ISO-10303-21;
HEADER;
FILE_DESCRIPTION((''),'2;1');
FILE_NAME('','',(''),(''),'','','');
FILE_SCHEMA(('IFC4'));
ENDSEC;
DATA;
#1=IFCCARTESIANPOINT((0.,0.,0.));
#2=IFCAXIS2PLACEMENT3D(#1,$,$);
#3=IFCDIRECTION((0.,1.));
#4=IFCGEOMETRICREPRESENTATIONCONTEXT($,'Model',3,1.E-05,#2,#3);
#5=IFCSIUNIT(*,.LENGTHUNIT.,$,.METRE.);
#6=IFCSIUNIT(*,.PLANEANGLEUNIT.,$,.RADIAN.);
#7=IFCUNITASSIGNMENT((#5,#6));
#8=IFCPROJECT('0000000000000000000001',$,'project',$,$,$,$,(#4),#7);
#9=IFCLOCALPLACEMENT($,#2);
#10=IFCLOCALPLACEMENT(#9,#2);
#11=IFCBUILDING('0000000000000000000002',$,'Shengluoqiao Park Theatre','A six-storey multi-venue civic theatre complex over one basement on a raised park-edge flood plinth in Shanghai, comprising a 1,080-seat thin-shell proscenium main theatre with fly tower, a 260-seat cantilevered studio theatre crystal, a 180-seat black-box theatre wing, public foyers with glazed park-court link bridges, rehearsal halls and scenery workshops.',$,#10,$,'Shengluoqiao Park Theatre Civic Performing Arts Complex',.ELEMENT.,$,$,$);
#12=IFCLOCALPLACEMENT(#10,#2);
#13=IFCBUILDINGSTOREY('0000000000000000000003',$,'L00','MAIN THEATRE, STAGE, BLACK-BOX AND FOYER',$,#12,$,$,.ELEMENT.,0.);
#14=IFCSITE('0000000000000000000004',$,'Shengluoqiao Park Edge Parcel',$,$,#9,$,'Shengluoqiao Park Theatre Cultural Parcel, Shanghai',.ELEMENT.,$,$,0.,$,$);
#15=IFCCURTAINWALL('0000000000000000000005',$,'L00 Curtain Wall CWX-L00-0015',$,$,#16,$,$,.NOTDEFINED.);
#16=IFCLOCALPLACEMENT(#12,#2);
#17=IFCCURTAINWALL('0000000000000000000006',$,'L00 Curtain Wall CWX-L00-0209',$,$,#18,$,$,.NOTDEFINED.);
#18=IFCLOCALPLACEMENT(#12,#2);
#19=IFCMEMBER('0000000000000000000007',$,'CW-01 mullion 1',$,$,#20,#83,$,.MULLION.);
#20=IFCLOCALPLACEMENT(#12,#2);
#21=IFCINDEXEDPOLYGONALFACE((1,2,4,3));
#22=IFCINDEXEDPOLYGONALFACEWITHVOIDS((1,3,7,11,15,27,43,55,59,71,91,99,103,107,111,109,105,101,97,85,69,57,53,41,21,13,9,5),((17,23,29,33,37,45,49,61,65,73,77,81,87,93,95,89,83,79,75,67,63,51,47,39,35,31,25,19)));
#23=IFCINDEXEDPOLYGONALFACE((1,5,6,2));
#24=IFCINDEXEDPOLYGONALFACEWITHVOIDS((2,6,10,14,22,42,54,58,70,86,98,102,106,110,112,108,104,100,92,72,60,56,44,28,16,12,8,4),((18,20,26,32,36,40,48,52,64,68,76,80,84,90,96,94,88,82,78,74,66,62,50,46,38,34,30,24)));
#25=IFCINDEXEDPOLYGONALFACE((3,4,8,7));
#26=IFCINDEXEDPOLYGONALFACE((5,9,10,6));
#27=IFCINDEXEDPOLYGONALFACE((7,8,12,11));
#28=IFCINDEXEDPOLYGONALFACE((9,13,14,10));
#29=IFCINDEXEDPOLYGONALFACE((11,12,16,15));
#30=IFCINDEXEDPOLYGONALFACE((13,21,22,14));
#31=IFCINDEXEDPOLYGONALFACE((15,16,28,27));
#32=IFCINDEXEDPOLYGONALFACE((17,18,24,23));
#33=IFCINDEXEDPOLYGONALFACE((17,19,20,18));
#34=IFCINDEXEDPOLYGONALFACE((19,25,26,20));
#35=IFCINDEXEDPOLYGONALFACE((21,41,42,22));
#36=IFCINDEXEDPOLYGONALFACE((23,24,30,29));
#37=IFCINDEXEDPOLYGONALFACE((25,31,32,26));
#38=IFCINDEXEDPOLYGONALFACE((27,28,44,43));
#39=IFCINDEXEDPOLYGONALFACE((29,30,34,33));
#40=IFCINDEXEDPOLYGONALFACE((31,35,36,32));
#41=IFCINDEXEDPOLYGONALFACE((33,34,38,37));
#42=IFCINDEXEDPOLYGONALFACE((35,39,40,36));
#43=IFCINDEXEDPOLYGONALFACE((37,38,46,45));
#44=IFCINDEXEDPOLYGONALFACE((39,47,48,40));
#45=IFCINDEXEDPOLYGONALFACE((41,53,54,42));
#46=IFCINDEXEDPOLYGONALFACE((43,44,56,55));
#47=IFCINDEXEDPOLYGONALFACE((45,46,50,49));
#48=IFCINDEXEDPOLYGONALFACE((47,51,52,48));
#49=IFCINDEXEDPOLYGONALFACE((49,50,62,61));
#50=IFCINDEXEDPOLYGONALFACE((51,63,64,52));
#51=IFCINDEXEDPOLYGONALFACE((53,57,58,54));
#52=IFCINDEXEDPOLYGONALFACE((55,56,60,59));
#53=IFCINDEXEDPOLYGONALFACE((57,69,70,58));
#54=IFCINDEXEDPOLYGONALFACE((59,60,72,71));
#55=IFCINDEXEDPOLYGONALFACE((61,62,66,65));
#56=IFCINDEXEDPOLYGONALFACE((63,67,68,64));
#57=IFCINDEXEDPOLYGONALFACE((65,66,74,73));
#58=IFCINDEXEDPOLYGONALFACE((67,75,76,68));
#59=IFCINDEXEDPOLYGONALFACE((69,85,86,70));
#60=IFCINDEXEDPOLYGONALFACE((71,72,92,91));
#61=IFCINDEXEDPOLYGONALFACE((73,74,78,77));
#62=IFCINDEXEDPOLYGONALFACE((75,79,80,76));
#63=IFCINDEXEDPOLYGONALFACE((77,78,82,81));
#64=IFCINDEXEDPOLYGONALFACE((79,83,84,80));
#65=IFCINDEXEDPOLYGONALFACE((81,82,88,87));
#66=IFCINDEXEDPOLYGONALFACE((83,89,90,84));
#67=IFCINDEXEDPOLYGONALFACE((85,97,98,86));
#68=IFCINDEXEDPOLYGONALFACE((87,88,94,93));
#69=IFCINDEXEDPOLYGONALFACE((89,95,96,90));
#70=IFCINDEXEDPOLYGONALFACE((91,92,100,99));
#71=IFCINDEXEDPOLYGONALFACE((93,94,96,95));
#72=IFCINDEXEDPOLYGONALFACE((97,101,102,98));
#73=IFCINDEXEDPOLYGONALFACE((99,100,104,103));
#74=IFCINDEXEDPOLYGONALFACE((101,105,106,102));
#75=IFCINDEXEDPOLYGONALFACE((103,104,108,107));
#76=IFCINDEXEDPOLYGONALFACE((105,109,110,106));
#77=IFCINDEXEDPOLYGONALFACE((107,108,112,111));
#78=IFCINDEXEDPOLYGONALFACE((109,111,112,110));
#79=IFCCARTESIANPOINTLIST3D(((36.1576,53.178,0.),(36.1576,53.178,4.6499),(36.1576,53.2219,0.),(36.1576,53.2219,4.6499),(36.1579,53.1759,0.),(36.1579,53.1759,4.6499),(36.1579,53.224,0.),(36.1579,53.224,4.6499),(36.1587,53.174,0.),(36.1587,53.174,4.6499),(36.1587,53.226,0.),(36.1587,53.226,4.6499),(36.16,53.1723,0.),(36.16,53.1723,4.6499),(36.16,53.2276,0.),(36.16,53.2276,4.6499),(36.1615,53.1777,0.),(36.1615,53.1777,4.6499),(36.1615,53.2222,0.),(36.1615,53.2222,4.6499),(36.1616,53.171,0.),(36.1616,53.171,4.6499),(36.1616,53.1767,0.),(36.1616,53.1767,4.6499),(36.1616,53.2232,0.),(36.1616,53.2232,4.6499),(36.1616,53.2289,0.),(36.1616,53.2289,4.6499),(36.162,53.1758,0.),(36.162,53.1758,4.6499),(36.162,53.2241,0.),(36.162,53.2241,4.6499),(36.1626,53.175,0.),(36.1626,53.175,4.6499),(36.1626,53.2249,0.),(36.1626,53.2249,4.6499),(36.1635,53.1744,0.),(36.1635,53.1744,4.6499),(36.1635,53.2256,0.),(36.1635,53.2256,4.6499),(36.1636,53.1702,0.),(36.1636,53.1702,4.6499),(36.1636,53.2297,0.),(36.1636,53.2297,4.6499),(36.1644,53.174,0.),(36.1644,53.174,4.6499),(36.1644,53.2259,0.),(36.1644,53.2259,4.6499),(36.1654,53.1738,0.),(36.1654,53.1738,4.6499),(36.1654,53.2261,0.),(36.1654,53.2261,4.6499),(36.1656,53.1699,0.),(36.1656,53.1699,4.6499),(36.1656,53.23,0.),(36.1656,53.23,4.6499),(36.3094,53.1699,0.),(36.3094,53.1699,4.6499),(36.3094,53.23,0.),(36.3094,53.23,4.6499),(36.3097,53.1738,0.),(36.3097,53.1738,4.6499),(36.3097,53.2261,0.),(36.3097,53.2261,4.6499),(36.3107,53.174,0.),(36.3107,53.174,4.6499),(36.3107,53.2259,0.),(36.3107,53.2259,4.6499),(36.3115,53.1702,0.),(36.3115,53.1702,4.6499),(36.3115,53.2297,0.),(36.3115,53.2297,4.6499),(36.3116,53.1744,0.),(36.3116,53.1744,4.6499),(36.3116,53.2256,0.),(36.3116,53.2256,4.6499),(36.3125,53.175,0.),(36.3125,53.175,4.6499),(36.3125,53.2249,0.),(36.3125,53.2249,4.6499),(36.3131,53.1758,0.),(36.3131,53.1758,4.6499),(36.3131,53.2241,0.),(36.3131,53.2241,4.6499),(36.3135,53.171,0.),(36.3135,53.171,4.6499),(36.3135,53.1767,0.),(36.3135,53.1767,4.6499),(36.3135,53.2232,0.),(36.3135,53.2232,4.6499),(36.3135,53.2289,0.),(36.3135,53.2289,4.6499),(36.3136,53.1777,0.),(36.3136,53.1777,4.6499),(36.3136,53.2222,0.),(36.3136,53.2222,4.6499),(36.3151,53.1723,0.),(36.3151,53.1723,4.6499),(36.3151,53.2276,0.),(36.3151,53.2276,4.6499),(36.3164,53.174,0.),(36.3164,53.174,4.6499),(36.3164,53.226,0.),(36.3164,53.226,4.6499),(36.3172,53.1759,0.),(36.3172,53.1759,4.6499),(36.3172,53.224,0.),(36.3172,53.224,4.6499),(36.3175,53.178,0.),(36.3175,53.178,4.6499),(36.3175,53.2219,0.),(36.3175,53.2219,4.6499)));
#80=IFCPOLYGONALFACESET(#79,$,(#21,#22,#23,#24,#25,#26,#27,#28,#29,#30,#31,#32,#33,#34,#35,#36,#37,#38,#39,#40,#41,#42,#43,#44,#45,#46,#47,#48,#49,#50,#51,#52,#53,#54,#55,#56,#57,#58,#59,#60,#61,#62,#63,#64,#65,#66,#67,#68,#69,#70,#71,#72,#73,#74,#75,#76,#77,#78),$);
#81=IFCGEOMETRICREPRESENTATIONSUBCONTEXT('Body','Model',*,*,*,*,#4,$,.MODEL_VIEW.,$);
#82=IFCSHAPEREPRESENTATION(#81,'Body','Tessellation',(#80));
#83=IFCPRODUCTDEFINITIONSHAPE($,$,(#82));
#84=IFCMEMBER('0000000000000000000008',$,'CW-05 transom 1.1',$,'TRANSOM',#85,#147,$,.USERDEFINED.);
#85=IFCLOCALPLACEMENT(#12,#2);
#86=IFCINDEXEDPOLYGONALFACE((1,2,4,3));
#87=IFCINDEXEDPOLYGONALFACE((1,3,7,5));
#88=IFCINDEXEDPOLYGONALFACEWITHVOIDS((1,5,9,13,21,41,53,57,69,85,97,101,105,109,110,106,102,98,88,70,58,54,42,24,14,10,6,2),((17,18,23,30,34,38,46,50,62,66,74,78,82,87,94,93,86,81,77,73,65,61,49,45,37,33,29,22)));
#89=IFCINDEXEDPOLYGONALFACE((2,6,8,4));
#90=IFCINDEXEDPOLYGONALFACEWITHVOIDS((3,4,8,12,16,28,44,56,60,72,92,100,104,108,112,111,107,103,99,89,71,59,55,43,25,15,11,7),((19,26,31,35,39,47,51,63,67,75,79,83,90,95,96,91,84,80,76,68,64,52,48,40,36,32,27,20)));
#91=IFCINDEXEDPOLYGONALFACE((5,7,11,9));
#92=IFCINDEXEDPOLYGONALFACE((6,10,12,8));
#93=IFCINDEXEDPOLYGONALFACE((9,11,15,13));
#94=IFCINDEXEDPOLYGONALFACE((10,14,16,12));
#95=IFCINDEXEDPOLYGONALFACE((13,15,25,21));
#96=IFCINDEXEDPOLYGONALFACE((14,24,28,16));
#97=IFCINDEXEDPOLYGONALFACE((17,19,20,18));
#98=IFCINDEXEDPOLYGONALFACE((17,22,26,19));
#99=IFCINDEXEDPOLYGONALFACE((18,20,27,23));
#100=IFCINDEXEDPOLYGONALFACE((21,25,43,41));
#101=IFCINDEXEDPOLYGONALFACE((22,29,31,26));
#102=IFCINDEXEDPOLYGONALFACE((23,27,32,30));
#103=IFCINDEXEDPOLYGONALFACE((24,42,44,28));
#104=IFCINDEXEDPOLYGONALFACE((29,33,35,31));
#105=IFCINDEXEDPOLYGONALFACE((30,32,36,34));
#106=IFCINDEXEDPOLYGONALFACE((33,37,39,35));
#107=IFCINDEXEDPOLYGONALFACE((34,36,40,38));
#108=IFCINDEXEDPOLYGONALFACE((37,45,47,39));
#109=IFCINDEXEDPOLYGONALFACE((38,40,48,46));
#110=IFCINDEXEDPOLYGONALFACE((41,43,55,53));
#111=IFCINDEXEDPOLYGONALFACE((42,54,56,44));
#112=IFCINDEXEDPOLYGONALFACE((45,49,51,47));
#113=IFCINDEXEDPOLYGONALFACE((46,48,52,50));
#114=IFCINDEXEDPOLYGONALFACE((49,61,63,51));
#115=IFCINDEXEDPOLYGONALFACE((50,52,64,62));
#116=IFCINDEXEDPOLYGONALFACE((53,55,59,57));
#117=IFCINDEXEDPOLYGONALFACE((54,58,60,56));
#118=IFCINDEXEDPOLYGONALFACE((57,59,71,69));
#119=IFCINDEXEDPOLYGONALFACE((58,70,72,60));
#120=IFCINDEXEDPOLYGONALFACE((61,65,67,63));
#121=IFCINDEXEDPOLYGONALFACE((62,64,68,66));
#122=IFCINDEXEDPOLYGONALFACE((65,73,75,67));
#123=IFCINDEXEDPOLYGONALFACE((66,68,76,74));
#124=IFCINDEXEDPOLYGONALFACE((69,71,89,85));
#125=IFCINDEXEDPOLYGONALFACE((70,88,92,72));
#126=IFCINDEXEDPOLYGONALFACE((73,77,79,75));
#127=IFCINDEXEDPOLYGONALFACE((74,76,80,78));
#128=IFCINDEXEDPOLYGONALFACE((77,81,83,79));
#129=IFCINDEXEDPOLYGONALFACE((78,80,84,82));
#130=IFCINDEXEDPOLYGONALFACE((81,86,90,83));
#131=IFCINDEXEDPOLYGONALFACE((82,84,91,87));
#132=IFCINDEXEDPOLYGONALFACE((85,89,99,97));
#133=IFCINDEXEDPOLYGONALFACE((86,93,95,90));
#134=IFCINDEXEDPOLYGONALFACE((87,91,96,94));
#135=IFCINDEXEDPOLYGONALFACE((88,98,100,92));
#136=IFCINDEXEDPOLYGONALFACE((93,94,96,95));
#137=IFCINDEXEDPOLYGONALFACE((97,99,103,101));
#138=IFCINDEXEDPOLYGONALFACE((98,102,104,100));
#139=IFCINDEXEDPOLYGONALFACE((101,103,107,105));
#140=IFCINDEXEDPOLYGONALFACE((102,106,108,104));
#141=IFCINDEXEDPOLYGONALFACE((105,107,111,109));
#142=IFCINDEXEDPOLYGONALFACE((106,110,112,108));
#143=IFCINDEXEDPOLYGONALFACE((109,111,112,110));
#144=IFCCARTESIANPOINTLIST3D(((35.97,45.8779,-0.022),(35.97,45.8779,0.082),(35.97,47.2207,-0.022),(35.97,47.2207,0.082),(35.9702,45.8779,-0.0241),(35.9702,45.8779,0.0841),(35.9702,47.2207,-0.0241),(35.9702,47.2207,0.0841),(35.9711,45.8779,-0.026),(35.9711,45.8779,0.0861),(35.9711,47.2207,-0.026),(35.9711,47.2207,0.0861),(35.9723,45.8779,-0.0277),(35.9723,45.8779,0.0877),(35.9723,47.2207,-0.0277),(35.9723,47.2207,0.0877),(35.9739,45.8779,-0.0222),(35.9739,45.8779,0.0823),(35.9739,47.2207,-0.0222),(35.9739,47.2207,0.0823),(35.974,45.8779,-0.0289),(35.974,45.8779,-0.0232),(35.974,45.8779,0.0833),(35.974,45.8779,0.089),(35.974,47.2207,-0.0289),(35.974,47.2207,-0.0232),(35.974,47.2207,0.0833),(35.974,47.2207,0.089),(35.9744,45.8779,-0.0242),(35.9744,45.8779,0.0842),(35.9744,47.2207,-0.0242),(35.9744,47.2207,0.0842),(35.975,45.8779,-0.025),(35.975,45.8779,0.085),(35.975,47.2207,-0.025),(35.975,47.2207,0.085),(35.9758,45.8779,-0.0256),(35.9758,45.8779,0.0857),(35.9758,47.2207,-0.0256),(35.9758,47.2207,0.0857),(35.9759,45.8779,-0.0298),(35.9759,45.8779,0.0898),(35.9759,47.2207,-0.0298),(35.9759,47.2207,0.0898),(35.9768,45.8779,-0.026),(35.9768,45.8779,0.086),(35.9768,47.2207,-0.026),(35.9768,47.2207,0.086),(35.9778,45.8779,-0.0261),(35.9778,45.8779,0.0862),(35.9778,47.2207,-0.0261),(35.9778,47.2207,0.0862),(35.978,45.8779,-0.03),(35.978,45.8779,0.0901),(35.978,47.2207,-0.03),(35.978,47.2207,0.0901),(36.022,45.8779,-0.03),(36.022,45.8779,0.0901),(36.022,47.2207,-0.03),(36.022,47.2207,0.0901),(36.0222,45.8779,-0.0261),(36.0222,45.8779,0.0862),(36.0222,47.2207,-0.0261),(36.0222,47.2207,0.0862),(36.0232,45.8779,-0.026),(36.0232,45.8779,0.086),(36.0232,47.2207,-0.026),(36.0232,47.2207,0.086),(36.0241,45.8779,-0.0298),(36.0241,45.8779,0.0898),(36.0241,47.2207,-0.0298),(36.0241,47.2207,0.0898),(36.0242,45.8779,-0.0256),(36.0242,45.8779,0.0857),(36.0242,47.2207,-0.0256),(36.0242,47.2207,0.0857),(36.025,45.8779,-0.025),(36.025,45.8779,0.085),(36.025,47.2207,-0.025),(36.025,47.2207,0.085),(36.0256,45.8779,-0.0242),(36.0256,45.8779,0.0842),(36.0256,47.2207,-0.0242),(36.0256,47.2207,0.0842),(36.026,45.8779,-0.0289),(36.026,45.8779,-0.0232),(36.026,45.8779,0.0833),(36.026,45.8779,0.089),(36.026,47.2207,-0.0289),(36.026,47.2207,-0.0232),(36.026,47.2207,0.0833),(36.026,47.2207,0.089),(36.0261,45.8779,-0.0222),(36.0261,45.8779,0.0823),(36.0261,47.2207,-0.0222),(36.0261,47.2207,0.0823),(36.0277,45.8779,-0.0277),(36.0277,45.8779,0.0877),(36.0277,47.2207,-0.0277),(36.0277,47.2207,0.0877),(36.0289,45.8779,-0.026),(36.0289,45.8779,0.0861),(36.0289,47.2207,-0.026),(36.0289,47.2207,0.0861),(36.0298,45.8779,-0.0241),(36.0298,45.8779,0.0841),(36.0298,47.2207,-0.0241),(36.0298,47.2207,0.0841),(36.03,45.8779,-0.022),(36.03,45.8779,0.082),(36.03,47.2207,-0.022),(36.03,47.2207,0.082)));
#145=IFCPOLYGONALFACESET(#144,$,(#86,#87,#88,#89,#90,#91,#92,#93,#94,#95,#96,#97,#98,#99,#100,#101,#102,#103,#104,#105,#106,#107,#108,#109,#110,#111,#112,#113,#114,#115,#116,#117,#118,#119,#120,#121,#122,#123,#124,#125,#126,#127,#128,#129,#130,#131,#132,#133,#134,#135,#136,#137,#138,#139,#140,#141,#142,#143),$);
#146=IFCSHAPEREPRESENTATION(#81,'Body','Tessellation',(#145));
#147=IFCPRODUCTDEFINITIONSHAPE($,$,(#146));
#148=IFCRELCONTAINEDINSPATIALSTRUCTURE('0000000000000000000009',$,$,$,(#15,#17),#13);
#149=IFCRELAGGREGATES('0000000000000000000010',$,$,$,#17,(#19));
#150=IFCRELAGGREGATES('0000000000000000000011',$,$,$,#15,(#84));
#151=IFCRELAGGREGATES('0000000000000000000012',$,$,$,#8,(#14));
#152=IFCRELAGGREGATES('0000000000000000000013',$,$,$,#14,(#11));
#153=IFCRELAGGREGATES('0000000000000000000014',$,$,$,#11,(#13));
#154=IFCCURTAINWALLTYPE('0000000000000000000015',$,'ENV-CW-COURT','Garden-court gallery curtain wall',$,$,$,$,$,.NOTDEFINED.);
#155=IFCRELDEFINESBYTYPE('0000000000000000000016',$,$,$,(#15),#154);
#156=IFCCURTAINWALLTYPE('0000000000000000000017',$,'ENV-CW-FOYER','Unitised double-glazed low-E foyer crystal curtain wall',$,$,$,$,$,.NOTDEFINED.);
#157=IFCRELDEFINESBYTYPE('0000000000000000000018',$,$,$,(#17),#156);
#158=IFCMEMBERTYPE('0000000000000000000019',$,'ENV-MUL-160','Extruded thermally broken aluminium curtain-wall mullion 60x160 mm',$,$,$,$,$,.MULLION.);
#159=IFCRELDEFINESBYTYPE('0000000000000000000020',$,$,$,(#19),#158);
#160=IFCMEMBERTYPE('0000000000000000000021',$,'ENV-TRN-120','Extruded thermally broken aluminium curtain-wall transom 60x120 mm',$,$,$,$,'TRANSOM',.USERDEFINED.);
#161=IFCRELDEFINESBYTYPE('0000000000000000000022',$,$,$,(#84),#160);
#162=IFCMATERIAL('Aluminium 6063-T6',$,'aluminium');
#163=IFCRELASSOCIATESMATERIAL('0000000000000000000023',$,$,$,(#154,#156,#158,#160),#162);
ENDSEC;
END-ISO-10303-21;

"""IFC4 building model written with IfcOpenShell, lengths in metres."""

from ifc_helpers import new_model, si_unit, direction, frame, origin, origin_2d, place, context, subcontext, project, spatial, hollow_rectangle, extrude, material, material_profile, profile_set, type_object, element, aggregate, save


model = new_model("IFC4")

# Units and contexts
model_context = context("Model", 3, precision=1e-05, world=origin(), true_north=direction((0.0, 1.0)))
body_context = subcontext(model_context, "Body", "Model", "MODEL_VIEW")
ifc_project = project(units=[si_unit("LENGTHUNIT", "METRE"), si_unit("PLANEANGLEUNIT", "RADIAN")], contexts=[model_context])

# Site, building, storey
site_placement = place(None, origin())
site = spatial("IfcSite", under=ifc_project, at=site_placement, Name="Shengluoqiao Park Edge Parcel", LongName="Shengluoqiao Park Theatre Cultural Parcel, Shanghai", CompositionType="ELEMENT", RefElevation=0.0)
building_placement = place(site_placement, origin())
building = spatial("IfcBuilding", under=site, at=building_placement, Name="Shengluoqiao Park Theatre", Description="A six-storey multi-venue civic theatre complex over one basement on a raised park-edge flood plinth in Shanghai, comprising a 1,080-seat thin-shell proscenium main theatre with fly tower, a 260-seat cantilevered studio theatre crystal, a 180-seat black-box theatre wing, public foyers with glazed park-court link bridges, rehearsal halls and scenery workshops.", LongName="Shengluoqiao Park Theatre Civic Performing Arts Complex", CompositionType="ELEMENT")
storey_placement = place(building_placement, origin())
storey = spatial("IfcBuildingStorey", under=building, at=storey_placement, Name="L00", Description="MAIN THEATRE, STAGE, BLACK-BOX AND FOYER", CompositionType="ELEMENT", Elevation=0.0)

# Curtain wall
ifc_material_1 = material(Name="Aluminium 6063-T6", Category="aluminium")
curtain_wall_type_1 = type_object("IfcCurtainWallType", Name="ENV-CW-COURT", Description="Garden-court gallery curtain wall", PredefinedType="NOTDEFINED", material=ifc_material_1)
curtain_wall_1_placement = place(storey_placement, origin())
curtain_wall_1 = element("IfcCurtainWall", 1, at=curtain_wall_1_placement, inside=storey, type_object=curtain_wall_type_1, Name="L00 Curtain Wall CWX-L00-0015", PredefinedType="NOTDEFINED")
ifc_material_profile_1 = material_profile(ifc_material_1, hollow_rectangle(XDim=0.0601, YDim=0.1599, WallThickness=0.0039, InnerFilletRadius=0.0039, OuterFilletRadius=0.0081, at=origin_2d()), Name="ALU MULLION 160x60x4")
ifc_profile_set_1 = profile_set([ifc_material_profile_1], Name="Aluminium 6063-T6")
member_type_1 = type_object("IfcMemberType", Name="ENV-MUL-160", Description="Extruded thermally broken aluminium curtain-wall mullion 60x160 mm", PredefinedType="MULLION", material=ifc_profile_set_1)

# Curtain wall, member
curtain_wall_type_2 = type_object("IfcCurtainWallType", Name="ENV-CW-FOYER", Description="Unitised double-glazed low-E foyer crystal curtain wall", PredefinedType="NOTDEFINED", material=ifc_material_1)
curtain_wall_2_placement = place(storey_placement, origin())
curtain_wall_2 = element("IfcCurtainWall", 2, at=curtain_wall_2_placement, inside=storey, type_object=curtain_wall_type_2, Name="L00 Curtain Wall CWX-L00-0209", PredefinedType="NOTDEFINED")
member_1_placement = place(storey_placement, frame((36.2375, 53.2, 0.0), z_axis=(0.0, 0.0, 1.0), x_axis=(0.0, 1.0, 0.0)))
member_1 = element("IfcMember", 3, at=member_1_placement, type_object=member_type_1, Name="CW-01 mullion 1", PredefinedType="MULLION", context=body_context, shape_type="SweptSolid", body=[
    extrude(hollow_rectangle(XDim=0.0601, YDim=0.1599, WallThickness=0.0039, InnerFilletRadius=0.0039, OuterFilletRadius=0.0081, at=origin_2d()), origin(), (0.0, 0.0, 1.0), 4.6499),
])

# Member
ifc_material_profile_2 = material_profile(ifc_material_1, hollow_rectangle(XDim=0.0601, YDim=0.1201, WallThickness=0.0039, InnerFilletRadius=0.0039, OuterFilletRadius=0.0081, at=origin_2d()), Name="ALU TRANSOM 120x60x4")
ifc_profile_set_2 = profile_set([ifc_material_profile_2], Name="Aluminium 6063-T6")
member_type_2 = type_object("IfcMemberType", Name="ENV-TRN-120", Description="Extruded thermally broken aluminium curtain-wall transom 60x120 mm", ElementType="TRANSOM", PredefinedType="USERDEFINED", material=ifc_profile_set_2)
member_2_placement = place(storey_placement, frame((36.0, 45.8779, 0.03), z_axis=(0.0, 1.0, 0.0), x_axis=(-1.0, 0.0, 0.0)))
member_2 = element("IfcMember", 4, at=member_2_placement, type_object=member_type_2, Name="CW-05 transom 1.1", ObjectType="TRANSOM", PredefinedType="USERDEFINED", context=body_context, shape_type="SweptSolid", body=[
    extrude(hollow_rectangle(XDim=0.0601, YDim=0.1201, WallThickness=0.0039, InnerFilletRadius=0.0039, OuterFilletRadius=0.0081, at=origin_2d()), origin(), (0.0, 0.0, 1.0), 1.3428),
])
aggregate(curtain_wall_2, [member_1])

aggregate(curtain_wall_1, [member_2])

save(model, "model.ifc")
